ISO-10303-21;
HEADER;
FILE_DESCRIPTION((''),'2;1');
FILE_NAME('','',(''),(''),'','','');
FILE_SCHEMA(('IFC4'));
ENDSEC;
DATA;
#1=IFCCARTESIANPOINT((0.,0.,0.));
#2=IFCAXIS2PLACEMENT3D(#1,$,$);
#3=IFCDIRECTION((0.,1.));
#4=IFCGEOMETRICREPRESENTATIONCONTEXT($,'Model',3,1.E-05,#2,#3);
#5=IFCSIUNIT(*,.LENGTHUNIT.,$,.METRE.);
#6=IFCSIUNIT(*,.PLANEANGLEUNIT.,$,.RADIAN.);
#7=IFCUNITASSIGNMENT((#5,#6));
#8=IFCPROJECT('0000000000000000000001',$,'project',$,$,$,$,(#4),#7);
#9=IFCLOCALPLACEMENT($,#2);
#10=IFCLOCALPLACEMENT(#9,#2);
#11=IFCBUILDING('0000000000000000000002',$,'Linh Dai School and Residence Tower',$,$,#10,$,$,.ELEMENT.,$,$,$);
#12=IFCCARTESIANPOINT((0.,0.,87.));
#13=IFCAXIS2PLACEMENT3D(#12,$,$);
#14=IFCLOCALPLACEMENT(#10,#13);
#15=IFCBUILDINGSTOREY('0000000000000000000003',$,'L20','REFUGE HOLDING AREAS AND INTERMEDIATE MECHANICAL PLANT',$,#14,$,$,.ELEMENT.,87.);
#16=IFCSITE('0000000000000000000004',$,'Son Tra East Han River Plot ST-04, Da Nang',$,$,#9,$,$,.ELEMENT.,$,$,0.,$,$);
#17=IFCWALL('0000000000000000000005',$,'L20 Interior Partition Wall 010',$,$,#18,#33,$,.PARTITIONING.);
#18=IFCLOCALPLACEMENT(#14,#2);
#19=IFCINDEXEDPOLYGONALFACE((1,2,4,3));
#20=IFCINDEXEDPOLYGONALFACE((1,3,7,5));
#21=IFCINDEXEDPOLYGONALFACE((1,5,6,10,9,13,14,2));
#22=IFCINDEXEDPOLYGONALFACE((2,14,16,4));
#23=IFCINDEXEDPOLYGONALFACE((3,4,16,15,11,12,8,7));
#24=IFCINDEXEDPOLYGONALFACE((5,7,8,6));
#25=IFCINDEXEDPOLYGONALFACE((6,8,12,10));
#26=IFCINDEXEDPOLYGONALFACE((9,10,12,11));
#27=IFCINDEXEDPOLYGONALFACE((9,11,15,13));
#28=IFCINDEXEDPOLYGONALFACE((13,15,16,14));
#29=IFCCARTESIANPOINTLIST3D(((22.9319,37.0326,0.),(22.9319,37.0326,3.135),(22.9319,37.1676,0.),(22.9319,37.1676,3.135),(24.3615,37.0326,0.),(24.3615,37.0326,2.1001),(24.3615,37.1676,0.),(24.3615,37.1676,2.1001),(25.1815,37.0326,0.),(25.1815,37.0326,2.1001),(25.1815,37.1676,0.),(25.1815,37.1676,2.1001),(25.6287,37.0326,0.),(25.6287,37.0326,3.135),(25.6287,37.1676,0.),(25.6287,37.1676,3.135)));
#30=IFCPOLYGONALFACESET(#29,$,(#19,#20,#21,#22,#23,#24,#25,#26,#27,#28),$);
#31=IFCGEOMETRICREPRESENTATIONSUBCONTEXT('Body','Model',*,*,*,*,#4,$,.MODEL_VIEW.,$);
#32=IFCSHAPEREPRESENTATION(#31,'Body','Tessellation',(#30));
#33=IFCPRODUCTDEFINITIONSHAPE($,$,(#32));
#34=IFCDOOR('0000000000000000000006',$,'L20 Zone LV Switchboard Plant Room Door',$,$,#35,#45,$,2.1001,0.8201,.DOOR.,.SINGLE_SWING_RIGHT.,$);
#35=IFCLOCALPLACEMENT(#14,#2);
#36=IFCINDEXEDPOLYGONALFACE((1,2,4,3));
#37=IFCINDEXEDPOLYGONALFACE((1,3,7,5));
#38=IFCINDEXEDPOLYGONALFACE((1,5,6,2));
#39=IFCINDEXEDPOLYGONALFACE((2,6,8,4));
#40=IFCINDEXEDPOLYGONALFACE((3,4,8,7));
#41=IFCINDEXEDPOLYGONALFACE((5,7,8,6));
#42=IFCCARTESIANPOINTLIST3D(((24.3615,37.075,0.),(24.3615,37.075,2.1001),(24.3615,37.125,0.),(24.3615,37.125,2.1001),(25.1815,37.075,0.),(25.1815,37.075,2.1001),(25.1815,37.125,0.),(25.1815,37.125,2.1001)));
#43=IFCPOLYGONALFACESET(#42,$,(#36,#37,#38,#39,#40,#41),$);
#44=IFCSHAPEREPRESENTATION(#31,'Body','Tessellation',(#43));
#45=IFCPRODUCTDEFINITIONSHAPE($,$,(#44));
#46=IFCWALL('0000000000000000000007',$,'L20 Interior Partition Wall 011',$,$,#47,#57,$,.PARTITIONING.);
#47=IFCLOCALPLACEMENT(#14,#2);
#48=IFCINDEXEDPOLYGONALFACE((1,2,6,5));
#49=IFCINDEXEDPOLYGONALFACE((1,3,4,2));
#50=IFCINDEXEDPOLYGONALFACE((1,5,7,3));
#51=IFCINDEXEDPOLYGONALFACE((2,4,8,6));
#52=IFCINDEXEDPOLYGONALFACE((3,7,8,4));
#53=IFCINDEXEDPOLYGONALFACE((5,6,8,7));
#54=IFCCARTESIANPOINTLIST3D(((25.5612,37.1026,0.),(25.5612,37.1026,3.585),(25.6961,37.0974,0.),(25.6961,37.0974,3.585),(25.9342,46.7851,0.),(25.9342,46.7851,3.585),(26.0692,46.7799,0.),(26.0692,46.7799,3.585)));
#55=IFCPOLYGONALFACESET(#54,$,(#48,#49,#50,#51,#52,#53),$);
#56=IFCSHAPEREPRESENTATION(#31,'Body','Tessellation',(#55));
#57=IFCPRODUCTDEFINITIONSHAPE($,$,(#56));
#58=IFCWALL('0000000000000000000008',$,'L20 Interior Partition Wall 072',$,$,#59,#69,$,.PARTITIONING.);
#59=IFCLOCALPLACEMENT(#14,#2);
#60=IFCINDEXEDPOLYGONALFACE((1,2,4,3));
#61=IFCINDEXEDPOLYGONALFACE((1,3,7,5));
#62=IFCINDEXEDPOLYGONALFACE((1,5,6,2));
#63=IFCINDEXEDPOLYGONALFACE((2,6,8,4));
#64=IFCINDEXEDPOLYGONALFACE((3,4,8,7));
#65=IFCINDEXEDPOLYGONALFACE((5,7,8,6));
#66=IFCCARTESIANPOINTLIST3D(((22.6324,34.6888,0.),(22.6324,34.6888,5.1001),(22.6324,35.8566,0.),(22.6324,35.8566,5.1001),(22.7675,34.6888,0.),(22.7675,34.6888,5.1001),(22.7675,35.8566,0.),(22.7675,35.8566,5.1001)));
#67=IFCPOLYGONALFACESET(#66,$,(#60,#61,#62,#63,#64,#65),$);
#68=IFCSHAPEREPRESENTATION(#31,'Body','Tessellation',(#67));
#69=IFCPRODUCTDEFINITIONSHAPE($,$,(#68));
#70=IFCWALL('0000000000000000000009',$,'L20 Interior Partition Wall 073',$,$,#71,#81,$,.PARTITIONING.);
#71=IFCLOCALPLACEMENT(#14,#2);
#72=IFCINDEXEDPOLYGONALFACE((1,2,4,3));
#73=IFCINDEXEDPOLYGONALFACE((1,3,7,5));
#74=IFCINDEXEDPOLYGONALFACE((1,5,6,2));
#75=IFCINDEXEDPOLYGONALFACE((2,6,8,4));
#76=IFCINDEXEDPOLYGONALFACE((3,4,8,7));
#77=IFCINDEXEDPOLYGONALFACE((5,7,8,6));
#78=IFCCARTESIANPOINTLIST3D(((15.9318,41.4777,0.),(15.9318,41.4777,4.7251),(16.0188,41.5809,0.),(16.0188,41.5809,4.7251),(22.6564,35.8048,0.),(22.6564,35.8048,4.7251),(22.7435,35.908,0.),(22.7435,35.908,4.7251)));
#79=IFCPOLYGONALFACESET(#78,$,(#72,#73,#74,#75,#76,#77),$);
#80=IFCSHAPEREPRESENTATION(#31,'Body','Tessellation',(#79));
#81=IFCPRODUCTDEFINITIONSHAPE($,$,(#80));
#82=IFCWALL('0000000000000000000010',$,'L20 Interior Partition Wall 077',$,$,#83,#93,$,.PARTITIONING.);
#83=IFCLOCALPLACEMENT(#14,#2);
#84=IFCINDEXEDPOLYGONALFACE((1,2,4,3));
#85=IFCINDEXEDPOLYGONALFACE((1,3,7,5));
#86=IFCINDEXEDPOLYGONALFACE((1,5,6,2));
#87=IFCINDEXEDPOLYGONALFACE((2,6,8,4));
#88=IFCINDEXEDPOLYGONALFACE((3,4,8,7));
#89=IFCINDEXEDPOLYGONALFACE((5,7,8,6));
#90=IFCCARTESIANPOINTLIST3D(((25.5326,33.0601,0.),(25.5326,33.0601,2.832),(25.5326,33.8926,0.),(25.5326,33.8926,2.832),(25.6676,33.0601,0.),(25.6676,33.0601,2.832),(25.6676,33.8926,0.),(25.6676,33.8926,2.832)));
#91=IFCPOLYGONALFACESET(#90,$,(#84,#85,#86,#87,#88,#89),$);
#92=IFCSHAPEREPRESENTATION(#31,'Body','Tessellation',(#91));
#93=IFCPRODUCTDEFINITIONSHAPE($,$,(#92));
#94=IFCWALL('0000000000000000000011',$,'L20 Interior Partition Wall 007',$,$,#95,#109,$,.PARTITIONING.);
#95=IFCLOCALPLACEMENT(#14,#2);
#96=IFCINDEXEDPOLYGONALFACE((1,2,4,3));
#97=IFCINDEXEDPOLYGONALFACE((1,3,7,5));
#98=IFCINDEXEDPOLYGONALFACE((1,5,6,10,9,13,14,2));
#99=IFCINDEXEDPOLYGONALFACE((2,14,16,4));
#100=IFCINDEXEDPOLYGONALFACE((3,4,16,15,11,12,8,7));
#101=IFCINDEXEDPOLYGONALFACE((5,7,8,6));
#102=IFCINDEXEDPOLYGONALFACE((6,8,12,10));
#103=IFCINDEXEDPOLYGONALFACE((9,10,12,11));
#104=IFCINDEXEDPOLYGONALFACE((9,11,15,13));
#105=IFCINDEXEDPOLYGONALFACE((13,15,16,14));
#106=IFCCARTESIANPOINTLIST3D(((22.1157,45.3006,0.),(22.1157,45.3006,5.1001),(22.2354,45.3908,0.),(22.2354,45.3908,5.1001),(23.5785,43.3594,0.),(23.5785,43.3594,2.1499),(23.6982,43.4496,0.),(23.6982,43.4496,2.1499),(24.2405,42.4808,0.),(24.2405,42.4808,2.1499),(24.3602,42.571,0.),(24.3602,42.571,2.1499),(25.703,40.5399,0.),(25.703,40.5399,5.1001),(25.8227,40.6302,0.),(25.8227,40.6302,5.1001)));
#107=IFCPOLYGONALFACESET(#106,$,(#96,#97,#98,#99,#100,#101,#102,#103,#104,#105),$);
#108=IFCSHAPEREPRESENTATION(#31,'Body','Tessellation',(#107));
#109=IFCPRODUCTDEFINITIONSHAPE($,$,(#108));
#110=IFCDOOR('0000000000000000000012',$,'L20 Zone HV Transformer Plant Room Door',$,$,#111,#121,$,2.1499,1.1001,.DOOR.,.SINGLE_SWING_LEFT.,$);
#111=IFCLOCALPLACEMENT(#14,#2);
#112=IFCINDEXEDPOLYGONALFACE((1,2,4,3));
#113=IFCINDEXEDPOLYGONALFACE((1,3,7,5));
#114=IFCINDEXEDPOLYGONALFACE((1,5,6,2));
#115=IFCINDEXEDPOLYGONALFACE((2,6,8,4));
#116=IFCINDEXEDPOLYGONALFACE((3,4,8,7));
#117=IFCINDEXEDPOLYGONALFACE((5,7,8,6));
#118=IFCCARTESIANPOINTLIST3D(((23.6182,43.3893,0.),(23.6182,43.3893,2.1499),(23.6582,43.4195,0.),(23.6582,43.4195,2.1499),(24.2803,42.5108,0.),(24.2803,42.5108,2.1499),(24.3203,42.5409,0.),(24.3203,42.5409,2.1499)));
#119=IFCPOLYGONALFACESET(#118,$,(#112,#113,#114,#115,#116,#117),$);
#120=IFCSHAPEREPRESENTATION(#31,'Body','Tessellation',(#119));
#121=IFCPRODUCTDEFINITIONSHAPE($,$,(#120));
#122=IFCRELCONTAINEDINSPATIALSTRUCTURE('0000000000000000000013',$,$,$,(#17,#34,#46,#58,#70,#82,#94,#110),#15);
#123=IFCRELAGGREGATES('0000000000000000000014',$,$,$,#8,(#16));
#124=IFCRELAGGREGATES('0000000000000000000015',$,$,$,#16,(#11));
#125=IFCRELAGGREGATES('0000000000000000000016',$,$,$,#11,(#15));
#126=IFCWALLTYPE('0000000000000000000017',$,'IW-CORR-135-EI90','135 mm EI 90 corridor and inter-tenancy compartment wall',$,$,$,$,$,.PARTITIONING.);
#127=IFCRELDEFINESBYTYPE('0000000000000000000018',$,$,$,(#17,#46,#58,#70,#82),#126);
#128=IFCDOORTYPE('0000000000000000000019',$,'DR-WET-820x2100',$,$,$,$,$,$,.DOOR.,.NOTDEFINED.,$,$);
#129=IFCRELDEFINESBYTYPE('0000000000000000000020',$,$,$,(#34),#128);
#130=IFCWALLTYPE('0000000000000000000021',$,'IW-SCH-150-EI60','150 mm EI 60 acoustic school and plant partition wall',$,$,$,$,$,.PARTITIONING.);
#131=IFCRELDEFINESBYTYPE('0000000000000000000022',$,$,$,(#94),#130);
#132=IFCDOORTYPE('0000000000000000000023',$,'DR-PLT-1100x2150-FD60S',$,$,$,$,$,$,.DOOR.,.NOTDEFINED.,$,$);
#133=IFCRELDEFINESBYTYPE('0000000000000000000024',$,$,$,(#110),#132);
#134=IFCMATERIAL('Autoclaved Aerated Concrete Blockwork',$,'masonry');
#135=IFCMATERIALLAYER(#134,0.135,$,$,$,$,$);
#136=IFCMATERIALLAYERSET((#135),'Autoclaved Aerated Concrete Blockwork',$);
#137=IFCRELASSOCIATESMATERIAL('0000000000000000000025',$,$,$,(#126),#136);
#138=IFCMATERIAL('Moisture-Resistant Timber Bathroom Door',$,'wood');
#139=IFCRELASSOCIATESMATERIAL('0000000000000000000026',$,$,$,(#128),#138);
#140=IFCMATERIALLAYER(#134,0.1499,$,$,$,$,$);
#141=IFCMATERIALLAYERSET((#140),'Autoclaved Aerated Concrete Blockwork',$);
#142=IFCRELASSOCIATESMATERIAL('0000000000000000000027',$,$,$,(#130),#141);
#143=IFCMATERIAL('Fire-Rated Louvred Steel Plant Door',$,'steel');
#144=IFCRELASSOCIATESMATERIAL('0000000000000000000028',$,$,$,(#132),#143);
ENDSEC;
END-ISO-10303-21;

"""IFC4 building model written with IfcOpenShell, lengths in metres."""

from ifc_helpers import new_model, si_unit, direction, frame, frame_2d, origin, origin_2d, place, context, subcontext, project, spatial, rectangle, extrude, source, transform, mapped, material, layer, layer_set, type_object, element, fill, save


model = new_model("IFC4")

# Units and contexts
model_context = context("Model", 3, precision=1e-05, world=origin(), true_north=direction((0.0, 1.0)))
body_context = subcontext(model_context, "Body", "Model", "MODEL_VIEW")
ifc_project = project(units=[si_unit("LENGTHUNIT", "METRE"), si_unit("PLANEANGLEUNIT", "RADIAN")], contexts=[model_context])

# Site, building, storey
site_placement = place(None, origin())
site = spatial("IfcSite", under=ifc_project, at=site_placement, Name="Son Tra East Han River Plot ST-04, Da Nang", CompositionType="ELEMENT", RefElevation=0.0)
building_placement = place(site_placement, origin())
building = spatial("IfcBuilding", under=site, at=building_placement, Name="Linh Dai School and Residence Tower", CompositionType="ELEMENT")
storey_placement = place(building_placement, frame((0.0, 0.0, 87.0)))
storey = spatial("IfcBuildingStorey", under=building, at=storey_placement, Name="L20", Description="REFUGE HOLDING AREAS AND INTERMEDIATE MECHANICAL PLANT", CompositionType="ELEMENT", Elevation=87.0)

# Shared definitions
ifc_material_1 = material(Name="Autoclaved Aerated Concrete Blockwork", Category="masonry")
ifc_layer_1 = layer(ifc_material_1, 0.135)
ifc_layer_set_1 = layer_set([ifc_layer_1], Name="Autoclaved Aerated Concrete Blockwork")
wall_type_1 = type_object("IfcWallType", Name="IW-CORR-135-EI90", Description="135 mm EI 90 corridor and inter-tenancy compartment wall", PredefinedType="PARTITIONING", material=ifc_layer_set_1)

# Wall, opening, door
wall_1_placement = place(storey_placement, frame((22.9319, 37.1001, 0.0), z_axis=(0.0, 0.0, 1.0), x_axis=(1.0, 0.0, 0.0)))
wall_1 = element("IfcWall", 1, at=wall_1_placement, inside=storey, type_object=wall_type_1, Name="L20 Interior Partition Wall 010", PredefinedType="PARTITIONING", context=body_context, shape_type="SweptSolid", body=[
    extrude(rectangle(XDim=2.6968, YDim=0.135, at=frame_2d((1.3484, 0.0))), origin(), (0.0, 0.0, 1.0), 3.135),
])
opening_1_placement = place(wall_1_placement, frame((1.4294, 0.0, 0.0)))
opening_1 = element("IfcOpeningElement", 2, at=opening_1_placement, cuts=wall_1, PredefinedType="OPENING", context=body_context, shape_type="SweptSolid", body=[
    extrude(rectangle(XDim=0.8201, YDim=2.1001, at=origin_2d()), frame((0.4102, 0.0776, 1.05), z_axis=(0.0, -1.0, 0.0), x_axis=(1.0, 0.0, 0.0)), (0.0, 0.0, 1.0), 0.155),
])
ifc_material_2 = material(Name="Moisture-Resistant Timber Bathroom Door", Category="wood")
door_type_1 = type_object("IfcDoorType", Name="DR-WET-820x2100", OperationType="NOTDEFINED", PredefinedType="DOOR", material=ifc_material_2)
shared_shape_1 = source(origin(), body_context, "Body", "SweptSolid", [
    extrude(rectangle(XDim=0.8201, YDim=2.1001, at=origin_2d()), frame((0.4102, 0.0249, 1.05), z_axis=(0.0, -1.0, 0.0), x_axis=(1.0, 0.0, 0.0)), (0.0, 0.0, 1.0), 0.05),
])
door_1_placement = place(opening_1_placement, origin())
door_1 = element("IfcDoor", 3, at=door_1_placement, inside=storey, type_object=door_type_1, Name="L20 Zone LV Switchboard Plant Room Door", OperationType="SINGLE_SWING_RIGHT", OverallHeight=2.1001, OverallWidth=0.8201, PredefinedType="DOOR", context=body_context, shape_type="MappedRepresentation", body=[
    mapped(shared_shape_1, transform((0.0, 0.0, 0.0), x_axis=(1.0, 0.0, 0.0), y_axis=(0.0, 1.0, 0.0), z_axis=(0.0, 0.0, 1.0), scale=1.0)),
])
fill(opening_1, door_1)

# Walls
wall_2_placement = place(storey_placement, frame((25.6287, 37.1001, 0.0), z_axis=(0.0, 0.0, 1.0), x_axis=(0.038499, 0.999259, 0.0)))
element("IfcWall", 4, at=wall_2_placement, inside=storey, type_object=wall_type_1, Name="L20 Interior Partition Wall 011", PredefinedType="PARTITIONING", context=body_context, shape_type="SweptSolid", body=[
    extrude(rectangle(XDim=9.6897, YDim=0.135, at=frame_2d((4.8447, 0.0))), origin(), (0.0, 0.0, 1.0), 3.585),
])
wall_3_placement = place(storey_placement, frame((22.7, 34.6887, 0.0), z_axis=(0.0, 0.0, 1.0), x_axis=(0.0, 1.0, 0.0)))
element("IfcWall", 5, at=wall_3_placement, inside=storey, type_object=wall_type_1, Name="L20 Interior Partition Wall 072", PredefinedType="PARTITIONING", context=body_context, shape_type="SweptSolid", body=[
    extrude(rectangle(XDim=1.1677, YDim=0.135, at=frame_2d((0.584, 0.0))), origin(), (0.0, 0.0, 1.0), 5.1001),
])
wall_4_placement = place(storey_placement, frame((22.7, 35.8564, 0.0), z_axis=(0.0, 0.0, 1.0), x_axis=(-0.76435, 0.644802, 0.0)))
element("IfcWall", 6, at=wall_4_placement, inside=storey, type_object=wall_type_1, Name="L20 Interior Partition Wall 073", PredefinedType="PARTITIONING", context=body_context, shape_type="SweptSolid", body=[
    extrude(rectangle(XDim=8.7979, YDim=0.135, at=frame_2d((4.3989, 0.0))), origin(), (0.0, 0.0, 1.0), 4.7251),
])
wall_5_placement = place(storey_placement, frame((25.6001, 33.8926, 0.0), z_axis=(0.0, 0.0, 1.0), x_axis=(0.0, -1.0, 0.0)))
element("IfcWall", 7, at=wall_5_placement, inside=storey, type_object=wall_type_1, Name="L20 Interior Partition Wall 077", PredefinedType="PARTITIONING", context=body_context, shape_type="SweptSolid", body=[
    extrude(rectangle(XDim=0.8325, YDim=0.135, at=frame_2d((0.4163, 0.0))), origin(), (0.0, 0.0, 1.0), 2.832),
])

# Wall, opening, door
ifc_layer_2 = layer(ifc_material_1, 0.1499)
ifc_layer_set_2 = layer_set([ifc_layer_2], Name="Autoclaved Aerated Concrete Blockwork")
wall_type_2 = type_object("IfcWallType", Name="IW-SCH-150-EI60", Description="150 mm EI 60 acoustic school and plant partition wall", PredefinedType="PARTITIONING", material=ifc_layer_set_2)
wall_6_placement = place(storey_placement, frame((22.1755, 45.3457, 0.0), z_axis=(0.0, 0.0, 1.0), x_axis=(0.601807, -0.798641, 0.0)))
wall_6 = element("IfcWall", 8, at=wall_6_placement, inside=storey, type_object=wall_type_2, Name="L20 Interior Partition Wall 007", PredefinedType="PARTITIONING", context=body_context, shape_type="SweptSolid", body=[
    extrude(rectangle(XDim=5.9609, YDim=0.1499, at=frame_2d((2.9805, 0.0))), origin(), (0.0, 0.0, 1.0), 5.1001),
])
opening_2_placement = place(wall_6_placement, frame((2.4307, 0.0, 0.0)))
opening_2 = element("IfcOpeningElement", 9, at=opening_2_placement, cuts=wall_6, PredefinedType="OPENING", context=body_context, shape_type="SweptSolid", body=[
    extrude(rectangle(XDim=1.1001, YDim=2.1499, at=origin_2d()), frame((0.55, 0.085, 1.075), z_axis=(0.0, -1.0, 0.0), x_axis=(1.0, 0.0, 0.0)), (0.0, 0.0, 1.0), 0.1699),
])
ifc_material_3 = material(Name="Fire-Rated Louvred Steel Plant Door", Category="steel")
door_type_2 = type_object("IfcDoorType", Name="DR-PLT-1100x2150-FD60S", OperationType="NOTDEFINED", PredefinedType="DOOR", material=ifc_material_3)
shared_shape_2 = source(origin(), body_context, "Body", "SweptSolid", [
    extrude(rectangle(XDim=1.1001, YDim=2.1499, at=origin_2d()), frame((0.55, 0.0249, 1.075), z_axis=(0.0, -1.0, 0.0), x_axis=(1.0, 0.0, 0.0)), (0.0, 0.0, 1.0), 0.05),
])
door_2_placement = place(opening_2_placement, origin())
door_2 = element("IfcDoor", 10, at=door_2_placement, inside=storey, type_object=door_type_2, Name="L20 Zone HV Transformer Plant Room Door", OperationType="SINGLE_SWING_LEFT", OverallHeight=2.1499, OverallWidth=1.1001, PredefinedType="DOOR", context=body_context, shape_type="MappedRepresentation", body=[
    mapped(shared_shape_2, transform((0.0, 0.0, 0.0), x_axis=(1.0, 0.0, 0.0), y_axis=(0.0, 1.0, 0.0), z_axis=(0.0, 0.0, 1.0), scale=1.0)),
])
fill(opening_2, door_2)

save(model, "model.ifc")
